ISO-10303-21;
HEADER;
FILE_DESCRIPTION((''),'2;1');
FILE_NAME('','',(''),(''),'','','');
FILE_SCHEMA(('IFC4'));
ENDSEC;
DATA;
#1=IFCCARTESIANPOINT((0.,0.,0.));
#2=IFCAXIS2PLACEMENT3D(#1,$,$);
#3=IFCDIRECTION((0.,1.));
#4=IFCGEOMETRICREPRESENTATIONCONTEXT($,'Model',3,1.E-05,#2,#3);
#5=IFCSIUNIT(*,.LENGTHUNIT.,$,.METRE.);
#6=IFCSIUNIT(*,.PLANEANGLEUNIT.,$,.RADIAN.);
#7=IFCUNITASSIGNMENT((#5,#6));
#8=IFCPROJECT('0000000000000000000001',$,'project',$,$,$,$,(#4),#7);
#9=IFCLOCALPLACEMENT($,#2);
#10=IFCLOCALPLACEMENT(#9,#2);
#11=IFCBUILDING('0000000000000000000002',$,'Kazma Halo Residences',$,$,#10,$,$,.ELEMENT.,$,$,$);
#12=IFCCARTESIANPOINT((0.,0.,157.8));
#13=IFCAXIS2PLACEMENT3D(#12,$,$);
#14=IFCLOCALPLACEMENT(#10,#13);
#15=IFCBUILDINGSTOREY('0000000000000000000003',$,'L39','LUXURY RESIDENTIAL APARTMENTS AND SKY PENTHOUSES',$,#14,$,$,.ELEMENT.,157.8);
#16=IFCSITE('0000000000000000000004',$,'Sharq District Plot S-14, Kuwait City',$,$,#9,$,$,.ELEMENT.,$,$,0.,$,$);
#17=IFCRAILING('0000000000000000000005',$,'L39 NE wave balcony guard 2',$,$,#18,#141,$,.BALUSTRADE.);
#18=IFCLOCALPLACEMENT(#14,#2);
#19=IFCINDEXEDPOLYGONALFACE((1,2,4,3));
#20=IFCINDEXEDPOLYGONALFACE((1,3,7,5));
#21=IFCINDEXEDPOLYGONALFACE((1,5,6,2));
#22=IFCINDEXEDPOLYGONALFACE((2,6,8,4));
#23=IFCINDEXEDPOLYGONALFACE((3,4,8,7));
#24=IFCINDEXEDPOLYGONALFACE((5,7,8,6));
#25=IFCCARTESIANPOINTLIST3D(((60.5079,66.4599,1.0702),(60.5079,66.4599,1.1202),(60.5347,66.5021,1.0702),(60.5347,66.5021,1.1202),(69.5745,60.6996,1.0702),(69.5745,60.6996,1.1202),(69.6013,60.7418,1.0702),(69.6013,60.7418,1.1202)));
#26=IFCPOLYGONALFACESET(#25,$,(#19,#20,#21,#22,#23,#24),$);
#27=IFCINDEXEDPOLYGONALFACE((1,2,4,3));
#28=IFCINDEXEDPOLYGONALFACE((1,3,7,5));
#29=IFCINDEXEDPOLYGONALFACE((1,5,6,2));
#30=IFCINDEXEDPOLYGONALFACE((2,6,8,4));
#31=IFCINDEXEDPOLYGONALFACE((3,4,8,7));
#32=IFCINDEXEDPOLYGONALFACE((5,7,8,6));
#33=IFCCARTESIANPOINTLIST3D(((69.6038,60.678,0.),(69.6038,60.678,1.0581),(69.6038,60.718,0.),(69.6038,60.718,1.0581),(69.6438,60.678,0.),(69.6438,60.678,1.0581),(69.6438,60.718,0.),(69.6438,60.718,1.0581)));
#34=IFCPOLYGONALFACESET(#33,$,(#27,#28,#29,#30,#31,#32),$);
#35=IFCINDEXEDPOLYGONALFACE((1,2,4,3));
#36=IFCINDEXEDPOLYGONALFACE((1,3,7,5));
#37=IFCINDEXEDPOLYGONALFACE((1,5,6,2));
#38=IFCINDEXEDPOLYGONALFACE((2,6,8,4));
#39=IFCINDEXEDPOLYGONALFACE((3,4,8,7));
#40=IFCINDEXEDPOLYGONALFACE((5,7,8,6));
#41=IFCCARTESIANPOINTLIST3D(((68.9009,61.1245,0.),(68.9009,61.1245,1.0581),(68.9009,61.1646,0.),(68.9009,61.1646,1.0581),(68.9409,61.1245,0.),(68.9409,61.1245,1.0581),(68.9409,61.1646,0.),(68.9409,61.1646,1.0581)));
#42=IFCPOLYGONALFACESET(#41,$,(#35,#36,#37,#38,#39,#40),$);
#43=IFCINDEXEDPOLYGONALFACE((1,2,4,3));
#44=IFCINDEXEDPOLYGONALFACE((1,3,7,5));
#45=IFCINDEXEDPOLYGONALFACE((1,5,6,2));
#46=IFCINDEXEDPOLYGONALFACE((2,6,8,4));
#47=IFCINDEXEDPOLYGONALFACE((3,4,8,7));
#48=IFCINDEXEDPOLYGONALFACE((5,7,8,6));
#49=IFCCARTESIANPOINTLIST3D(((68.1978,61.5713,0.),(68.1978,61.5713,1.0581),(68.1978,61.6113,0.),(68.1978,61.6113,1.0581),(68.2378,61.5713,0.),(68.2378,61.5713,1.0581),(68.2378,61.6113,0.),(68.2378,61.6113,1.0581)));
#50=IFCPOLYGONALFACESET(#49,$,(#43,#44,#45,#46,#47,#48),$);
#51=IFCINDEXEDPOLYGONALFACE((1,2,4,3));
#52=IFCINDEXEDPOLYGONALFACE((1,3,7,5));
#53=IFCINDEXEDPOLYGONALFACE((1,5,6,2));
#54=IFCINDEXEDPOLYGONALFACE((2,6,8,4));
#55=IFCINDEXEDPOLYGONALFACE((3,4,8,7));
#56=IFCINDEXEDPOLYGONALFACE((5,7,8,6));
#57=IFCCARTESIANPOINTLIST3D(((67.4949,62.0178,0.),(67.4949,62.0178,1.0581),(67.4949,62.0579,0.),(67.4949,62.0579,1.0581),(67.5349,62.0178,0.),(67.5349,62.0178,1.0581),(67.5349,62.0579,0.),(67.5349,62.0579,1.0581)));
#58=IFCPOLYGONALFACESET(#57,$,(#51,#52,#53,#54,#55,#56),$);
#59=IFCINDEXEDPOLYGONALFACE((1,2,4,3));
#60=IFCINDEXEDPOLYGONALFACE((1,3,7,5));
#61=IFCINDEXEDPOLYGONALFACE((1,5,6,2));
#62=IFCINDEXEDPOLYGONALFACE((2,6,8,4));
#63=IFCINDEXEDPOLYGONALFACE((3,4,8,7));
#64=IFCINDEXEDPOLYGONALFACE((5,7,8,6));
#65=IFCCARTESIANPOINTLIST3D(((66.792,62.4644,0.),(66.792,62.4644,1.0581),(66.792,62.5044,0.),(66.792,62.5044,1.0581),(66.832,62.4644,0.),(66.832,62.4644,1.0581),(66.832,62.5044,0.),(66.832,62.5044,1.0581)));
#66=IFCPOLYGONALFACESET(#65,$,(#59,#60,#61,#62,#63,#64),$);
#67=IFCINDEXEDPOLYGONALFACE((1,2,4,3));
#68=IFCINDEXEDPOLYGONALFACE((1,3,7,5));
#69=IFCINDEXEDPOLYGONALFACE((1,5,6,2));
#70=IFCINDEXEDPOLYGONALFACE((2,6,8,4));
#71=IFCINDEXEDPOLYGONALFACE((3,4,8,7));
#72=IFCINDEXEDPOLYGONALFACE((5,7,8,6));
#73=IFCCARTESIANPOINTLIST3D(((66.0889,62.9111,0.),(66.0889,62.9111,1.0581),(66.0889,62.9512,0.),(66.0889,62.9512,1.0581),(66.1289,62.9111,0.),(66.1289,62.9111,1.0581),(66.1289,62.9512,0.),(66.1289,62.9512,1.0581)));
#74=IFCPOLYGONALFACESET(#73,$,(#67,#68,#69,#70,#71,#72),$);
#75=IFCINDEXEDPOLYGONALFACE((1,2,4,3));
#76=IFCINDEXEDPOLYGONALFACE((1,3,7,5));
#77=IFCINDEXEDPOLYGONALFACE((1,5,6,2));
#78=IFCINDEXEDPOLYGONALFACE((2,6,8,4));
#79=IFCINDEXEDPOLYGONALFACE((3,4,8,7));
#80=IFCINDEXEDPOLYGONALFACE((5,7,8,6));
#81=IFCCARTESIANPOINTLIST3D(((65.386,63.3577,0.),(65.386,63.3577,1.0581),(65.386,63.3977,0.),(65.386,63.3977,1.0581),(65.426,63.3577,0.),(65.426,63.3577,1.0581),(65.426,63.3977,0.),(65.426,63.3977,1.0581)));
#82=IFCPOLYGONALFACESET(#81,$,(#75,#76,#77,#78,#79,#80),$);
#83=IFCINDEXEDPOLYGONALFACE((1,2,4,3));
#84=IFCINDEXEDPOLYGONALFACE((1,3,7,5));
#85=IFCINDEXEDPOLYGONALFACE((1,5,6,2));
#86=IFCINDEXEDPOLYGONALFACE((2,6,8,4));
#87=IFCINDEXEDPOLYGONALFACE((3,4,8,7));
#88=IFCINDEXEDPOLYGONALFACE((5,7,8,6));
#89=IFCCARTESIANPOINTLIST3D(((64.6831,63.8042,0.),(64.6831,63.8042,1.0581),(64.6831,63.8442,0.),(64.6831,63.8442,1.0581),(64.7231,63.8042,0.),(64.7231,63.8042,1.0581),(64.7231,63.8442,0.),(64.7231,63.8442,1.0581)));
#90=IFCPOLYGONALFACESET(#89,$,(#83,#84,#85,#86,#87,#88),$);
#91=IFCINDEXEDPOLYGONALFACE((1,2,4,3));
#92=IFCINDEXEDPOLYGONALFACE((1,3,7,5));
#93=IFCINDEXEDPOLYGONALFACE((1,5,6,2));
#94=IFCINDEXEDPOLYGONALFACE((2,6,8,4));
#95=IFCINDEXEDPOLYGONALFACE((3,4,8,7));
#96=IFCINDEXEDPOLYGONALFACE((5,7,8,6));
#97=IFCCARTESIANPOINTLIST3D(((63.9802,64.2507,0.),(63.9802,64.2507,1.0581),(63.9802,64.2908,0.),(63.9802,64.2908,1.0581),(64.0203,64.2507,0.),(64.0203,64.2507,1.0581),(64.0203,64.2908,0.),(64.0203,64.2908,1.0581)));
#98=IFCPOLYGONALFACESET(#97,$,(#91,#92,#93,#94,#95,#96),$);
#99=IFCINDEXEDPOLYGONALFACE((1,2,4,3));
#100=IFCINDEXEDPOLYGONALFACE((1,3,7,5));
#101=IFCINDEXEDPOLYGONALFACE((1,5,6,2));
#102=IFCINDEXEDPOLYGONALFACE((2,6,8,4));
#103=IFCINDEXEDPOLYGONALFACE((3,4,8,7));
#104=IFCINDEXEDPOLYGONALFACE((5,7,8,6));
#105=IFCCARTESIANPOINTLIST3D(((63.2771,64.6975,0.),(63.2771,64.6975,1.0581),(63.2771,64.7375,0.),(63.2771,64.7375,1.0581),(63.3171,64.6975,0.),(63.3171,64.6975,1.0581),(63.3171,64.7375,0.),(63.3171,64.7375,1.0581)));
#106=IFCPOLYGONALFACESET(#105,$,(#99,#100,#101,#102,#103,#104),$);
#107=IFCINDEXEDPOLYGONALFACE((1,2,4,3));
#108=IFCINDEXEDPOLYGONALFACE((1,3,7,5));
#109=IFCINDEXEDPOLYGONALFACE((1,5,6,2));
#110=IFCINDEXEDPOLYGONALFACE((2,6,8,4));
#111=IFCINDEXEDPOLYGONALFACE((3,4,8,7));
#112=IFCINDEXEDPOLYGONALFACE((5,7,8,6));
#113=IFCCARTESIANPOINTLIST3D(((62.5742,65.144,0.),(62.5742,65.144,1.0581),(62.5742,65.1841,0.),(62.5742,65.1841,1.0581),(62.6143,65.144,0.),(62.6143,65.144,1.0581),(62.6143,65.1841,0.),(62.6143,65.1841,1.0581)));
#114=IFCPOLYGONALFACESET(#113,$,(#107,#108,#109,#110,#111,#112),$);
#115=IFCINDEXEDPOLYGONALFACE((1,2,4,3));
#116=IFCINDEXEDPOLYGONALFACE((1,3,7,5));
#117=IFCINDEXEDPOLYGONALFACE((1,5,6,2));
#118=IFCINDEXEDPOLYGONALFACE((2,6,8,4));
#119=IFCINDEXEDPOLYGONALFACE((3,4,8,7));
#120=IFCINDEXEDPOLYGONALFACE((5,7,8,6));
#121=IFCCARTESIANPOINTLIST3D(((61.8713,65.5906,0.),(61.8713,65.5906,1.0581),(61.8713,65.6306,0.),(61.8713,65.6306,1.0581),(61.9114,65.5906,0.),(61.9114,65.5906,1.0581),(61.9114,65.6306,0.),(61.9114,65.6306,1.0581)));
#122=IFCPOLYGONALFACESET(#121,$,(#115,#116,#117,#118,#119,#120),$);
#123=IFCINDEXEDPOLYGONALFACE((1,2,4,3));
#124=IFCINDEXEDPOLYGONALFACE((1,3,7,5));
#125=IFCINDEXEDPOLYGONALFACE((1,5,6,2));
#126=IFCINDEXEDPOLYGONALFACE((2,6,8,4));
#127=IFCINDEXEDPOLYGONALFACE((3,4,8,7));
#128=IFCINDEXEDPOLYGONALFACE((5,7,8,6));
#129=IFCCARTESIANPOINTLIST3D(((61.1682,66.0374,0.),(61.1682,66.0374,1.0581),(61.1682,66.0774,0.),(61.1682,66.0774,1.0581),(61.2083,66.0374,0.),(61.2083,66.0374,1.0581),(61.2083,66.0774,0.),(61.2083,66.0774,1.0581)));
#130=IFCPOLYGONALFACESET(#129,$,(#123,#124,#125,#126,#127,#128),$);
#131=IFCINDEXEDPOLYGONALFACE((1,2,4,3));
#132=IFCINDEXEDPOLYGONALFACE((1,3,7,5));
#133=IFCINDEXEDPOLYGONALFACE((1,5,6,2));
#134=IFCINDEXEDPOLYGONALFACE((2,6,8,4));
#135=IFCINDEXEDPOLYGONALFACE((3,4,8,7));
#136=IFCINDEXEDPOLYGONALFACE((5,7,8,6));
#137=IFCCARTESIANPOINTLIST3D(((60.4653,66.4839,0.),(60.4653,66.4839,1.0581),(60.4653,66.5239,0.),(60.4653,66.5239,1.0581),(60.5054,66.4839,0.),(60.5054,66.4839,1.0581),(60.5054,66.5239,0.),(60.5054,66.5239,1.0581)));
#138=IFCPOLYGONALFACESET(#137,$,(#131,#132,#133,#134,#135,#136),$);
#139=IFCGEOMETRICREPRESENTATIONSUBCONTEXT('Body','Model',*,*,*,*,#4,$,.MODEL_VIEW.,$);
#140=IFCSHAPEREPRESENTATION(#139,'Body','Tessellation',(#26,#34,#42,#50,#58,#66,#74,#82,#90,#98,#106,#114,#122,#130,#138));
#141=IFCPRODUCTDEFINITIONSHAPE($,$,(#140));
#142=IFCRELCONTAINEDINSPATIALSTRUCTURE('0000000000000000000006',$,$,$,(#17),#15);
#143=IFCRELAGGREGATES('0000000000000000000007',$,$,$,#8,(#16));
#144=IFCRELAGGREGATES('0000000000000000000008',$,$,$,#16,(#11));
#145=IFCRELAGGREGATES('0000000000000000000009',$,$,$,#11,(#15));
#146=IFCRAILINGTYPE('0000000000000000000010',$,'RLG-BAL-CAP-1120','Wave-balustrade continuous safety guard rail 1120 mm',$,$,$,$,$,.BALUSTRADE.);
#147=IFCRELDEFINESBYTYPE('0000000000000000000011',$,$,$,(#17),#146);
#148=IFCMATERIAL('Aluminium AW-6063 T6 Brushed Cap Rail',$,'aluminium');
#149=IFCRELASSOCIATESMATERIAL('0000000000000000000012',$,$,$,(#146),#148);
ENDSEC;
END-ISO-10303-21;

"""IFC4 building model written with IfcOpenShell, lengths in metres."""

from ifc_helpers import new_model, si_unit, direction, frame, origin, origin_2d, place, context, subcontext, project, spatial, rectangle, extrude, material, type_object, element, save


model = new_model("IFC4")

# Units and contexts
model_context = context("Model", 3, precision=1e-05, world=origin(), true_north=direction((0.0, 1.0)))
body_context = subcontext(model_context, "Body", "Model", "MODEL_VIEW")
ifc_project = project(units=[si_unit("LENGTHUNIT", "METRE"), si_unit("PLANEANGLEUNIT", "RADIAN")], contexts=[model_context])

# Site, building, storey
site_placement = place(None, origin())
site = spatial("IfcSite", under=ifc_project, at=site_placement, Name="Sharq District Plot S-14, Kuwait City", CompositionType="ELEMENT", RefElevation=0.0)
building_placement = place(site_placement, origin())
building = spatial("IfcBuilding", under=site, at=building_placement, Name="Kazma Halo Residences", CompositionType="ELEMENT")
storey_placement = place(building_placement, frame((0.0, 0.0, 157.8)))
storey = spatial("IfcBuildingStorey", under=building, at=storey_placement, Name="L39", Description="LUXURY RESIDENTIAL APARTMENTS AND SKY PENTHOUSES", CompositionType="ELEMENT", Elevation=157.8)

# Railing
ifc_material_1 = material(Name="Aluminium AW-6063 T6 Brushed Cap Rail", Category="aluminium")
railing_type = type_object("IfcRailingType", Name="RLG-BAL-CAP-1120", Description="Wave-balustrade continuous safety guard rail 1120 mm", PredefinedType="BALUSTRADE", material=ifc_material_1)
railing_1_placement = place(storey_placement, frame((69.6238, 60.698, 0.0)))
element("IfcRailing", 1, at=railing_1_placement, inside=storey, type_object=railing_type, Name="L39 NE wave balcony guard 2", PredefinedType="BALUSTRADE", context=body_context, shape_type="SweptSolid", body=[
    extrude(rectangle(XDim=0.05, YDim=0.05, at=origin_2d()), frame((-0.0359, 0.0227, 1.0952), z_axis=(-0.844057, 0.536254, 0.0), x_axis=(-0.536254, -0.844057, 0.0)), (0.0, 0.0, 1.0), 10.7417),
    extrude(rectangle(XDim=0.04, YDim=0.04, at=origin_2d()), origin(), (0.0, 0.0, 1.0), 1.0581),
    extrude(rectangle(XDim=0.04, YDim=0.04, at=origin_2d()), frame((-0.7029, 0.4465, 0.0)), (0.0, 0.0, 1.0), 1.0581),
    extrude(rectangle(XDim=0.04, YDim=0.04, at=origin_2d()), frame((-1.406, 0.8933, 0.0)), (0.0, 0.0, 1.0), 1.0581),
    extrude(rectangle(XDim=0.04, YDim=0.04, at=origin_2d()), frame((-2.1089, 1.3398, 0.0)), (0.0, 0.0, 1.0), 1.0581),
    extrude(rectangle(XDim=0.04, YDim=0.04, at=origin_2d()), frame((-2.8118, 1.7864, 0.0)), (0.0, 0.0, 1.0), 1.0581),
    extrude(rectangle(XDim=0.04, YDim=0.04, at=origin_2d()), frame((-3.5149, 2.2332, 0.0)), (0.0, 0.0, 1.0), 1.0581),
    extrude(rectangle(XDim=0.04, YDim=0.04, at=origin_2d()), frame((-4.2178, 2.6797, 0.0)), (0.0, 0.0, 1.0), 1.0581),
    extrude(rectangle(XDim=0.04, YDim=0.04, at=origin_2d()), frame((-4.9207, 3.1262, 0.0)), (0.0, 0.0, 1.0), 1.0581),
    extrude(rectangle(XDim=0.04, YDim=0.04, at=origin_2d()), frame((-5.6235, 3.5728, 0.0)), (0.0, 0.0, 1.0), 1.0581),
    extrude(rectangle(XDim=0.04, YDim=0.04, at=origin_2d()), frame((-6.3267, 4.0195, 0.0)), (0.0, 0.0, 1.0), 1.0581),
    extrude(rectangle(XDim=0.04, YDim=0.04, at=origin_2d()), frame((-7.0295, 4.4661, 0.0)), (0.0, 0.0, 1.0), 1.0581),
    extrude(rectangle(XDim=0.04, YDim=0.04, at=origin_2d()), frame((-7.7324, 4.9126, 0.0)), (0.0, 0.0, 1.0), 1.0581),
    extrude(rectangle(XDim=0.04, YDim=0.04, at=origin_2d()), frame((-8.4355, 5.3594, 0.0)), (0.0, 0.0, 1.0), 1.0581),
    extrude(rectangle(XDim=0.04, YDim=0.04, at=origin_2d()), frame((-9.1384, 5.8059, 0.0)), (0.0, 0.0, 1.0), 1.0581),
])

save(model, "model.ifc")
